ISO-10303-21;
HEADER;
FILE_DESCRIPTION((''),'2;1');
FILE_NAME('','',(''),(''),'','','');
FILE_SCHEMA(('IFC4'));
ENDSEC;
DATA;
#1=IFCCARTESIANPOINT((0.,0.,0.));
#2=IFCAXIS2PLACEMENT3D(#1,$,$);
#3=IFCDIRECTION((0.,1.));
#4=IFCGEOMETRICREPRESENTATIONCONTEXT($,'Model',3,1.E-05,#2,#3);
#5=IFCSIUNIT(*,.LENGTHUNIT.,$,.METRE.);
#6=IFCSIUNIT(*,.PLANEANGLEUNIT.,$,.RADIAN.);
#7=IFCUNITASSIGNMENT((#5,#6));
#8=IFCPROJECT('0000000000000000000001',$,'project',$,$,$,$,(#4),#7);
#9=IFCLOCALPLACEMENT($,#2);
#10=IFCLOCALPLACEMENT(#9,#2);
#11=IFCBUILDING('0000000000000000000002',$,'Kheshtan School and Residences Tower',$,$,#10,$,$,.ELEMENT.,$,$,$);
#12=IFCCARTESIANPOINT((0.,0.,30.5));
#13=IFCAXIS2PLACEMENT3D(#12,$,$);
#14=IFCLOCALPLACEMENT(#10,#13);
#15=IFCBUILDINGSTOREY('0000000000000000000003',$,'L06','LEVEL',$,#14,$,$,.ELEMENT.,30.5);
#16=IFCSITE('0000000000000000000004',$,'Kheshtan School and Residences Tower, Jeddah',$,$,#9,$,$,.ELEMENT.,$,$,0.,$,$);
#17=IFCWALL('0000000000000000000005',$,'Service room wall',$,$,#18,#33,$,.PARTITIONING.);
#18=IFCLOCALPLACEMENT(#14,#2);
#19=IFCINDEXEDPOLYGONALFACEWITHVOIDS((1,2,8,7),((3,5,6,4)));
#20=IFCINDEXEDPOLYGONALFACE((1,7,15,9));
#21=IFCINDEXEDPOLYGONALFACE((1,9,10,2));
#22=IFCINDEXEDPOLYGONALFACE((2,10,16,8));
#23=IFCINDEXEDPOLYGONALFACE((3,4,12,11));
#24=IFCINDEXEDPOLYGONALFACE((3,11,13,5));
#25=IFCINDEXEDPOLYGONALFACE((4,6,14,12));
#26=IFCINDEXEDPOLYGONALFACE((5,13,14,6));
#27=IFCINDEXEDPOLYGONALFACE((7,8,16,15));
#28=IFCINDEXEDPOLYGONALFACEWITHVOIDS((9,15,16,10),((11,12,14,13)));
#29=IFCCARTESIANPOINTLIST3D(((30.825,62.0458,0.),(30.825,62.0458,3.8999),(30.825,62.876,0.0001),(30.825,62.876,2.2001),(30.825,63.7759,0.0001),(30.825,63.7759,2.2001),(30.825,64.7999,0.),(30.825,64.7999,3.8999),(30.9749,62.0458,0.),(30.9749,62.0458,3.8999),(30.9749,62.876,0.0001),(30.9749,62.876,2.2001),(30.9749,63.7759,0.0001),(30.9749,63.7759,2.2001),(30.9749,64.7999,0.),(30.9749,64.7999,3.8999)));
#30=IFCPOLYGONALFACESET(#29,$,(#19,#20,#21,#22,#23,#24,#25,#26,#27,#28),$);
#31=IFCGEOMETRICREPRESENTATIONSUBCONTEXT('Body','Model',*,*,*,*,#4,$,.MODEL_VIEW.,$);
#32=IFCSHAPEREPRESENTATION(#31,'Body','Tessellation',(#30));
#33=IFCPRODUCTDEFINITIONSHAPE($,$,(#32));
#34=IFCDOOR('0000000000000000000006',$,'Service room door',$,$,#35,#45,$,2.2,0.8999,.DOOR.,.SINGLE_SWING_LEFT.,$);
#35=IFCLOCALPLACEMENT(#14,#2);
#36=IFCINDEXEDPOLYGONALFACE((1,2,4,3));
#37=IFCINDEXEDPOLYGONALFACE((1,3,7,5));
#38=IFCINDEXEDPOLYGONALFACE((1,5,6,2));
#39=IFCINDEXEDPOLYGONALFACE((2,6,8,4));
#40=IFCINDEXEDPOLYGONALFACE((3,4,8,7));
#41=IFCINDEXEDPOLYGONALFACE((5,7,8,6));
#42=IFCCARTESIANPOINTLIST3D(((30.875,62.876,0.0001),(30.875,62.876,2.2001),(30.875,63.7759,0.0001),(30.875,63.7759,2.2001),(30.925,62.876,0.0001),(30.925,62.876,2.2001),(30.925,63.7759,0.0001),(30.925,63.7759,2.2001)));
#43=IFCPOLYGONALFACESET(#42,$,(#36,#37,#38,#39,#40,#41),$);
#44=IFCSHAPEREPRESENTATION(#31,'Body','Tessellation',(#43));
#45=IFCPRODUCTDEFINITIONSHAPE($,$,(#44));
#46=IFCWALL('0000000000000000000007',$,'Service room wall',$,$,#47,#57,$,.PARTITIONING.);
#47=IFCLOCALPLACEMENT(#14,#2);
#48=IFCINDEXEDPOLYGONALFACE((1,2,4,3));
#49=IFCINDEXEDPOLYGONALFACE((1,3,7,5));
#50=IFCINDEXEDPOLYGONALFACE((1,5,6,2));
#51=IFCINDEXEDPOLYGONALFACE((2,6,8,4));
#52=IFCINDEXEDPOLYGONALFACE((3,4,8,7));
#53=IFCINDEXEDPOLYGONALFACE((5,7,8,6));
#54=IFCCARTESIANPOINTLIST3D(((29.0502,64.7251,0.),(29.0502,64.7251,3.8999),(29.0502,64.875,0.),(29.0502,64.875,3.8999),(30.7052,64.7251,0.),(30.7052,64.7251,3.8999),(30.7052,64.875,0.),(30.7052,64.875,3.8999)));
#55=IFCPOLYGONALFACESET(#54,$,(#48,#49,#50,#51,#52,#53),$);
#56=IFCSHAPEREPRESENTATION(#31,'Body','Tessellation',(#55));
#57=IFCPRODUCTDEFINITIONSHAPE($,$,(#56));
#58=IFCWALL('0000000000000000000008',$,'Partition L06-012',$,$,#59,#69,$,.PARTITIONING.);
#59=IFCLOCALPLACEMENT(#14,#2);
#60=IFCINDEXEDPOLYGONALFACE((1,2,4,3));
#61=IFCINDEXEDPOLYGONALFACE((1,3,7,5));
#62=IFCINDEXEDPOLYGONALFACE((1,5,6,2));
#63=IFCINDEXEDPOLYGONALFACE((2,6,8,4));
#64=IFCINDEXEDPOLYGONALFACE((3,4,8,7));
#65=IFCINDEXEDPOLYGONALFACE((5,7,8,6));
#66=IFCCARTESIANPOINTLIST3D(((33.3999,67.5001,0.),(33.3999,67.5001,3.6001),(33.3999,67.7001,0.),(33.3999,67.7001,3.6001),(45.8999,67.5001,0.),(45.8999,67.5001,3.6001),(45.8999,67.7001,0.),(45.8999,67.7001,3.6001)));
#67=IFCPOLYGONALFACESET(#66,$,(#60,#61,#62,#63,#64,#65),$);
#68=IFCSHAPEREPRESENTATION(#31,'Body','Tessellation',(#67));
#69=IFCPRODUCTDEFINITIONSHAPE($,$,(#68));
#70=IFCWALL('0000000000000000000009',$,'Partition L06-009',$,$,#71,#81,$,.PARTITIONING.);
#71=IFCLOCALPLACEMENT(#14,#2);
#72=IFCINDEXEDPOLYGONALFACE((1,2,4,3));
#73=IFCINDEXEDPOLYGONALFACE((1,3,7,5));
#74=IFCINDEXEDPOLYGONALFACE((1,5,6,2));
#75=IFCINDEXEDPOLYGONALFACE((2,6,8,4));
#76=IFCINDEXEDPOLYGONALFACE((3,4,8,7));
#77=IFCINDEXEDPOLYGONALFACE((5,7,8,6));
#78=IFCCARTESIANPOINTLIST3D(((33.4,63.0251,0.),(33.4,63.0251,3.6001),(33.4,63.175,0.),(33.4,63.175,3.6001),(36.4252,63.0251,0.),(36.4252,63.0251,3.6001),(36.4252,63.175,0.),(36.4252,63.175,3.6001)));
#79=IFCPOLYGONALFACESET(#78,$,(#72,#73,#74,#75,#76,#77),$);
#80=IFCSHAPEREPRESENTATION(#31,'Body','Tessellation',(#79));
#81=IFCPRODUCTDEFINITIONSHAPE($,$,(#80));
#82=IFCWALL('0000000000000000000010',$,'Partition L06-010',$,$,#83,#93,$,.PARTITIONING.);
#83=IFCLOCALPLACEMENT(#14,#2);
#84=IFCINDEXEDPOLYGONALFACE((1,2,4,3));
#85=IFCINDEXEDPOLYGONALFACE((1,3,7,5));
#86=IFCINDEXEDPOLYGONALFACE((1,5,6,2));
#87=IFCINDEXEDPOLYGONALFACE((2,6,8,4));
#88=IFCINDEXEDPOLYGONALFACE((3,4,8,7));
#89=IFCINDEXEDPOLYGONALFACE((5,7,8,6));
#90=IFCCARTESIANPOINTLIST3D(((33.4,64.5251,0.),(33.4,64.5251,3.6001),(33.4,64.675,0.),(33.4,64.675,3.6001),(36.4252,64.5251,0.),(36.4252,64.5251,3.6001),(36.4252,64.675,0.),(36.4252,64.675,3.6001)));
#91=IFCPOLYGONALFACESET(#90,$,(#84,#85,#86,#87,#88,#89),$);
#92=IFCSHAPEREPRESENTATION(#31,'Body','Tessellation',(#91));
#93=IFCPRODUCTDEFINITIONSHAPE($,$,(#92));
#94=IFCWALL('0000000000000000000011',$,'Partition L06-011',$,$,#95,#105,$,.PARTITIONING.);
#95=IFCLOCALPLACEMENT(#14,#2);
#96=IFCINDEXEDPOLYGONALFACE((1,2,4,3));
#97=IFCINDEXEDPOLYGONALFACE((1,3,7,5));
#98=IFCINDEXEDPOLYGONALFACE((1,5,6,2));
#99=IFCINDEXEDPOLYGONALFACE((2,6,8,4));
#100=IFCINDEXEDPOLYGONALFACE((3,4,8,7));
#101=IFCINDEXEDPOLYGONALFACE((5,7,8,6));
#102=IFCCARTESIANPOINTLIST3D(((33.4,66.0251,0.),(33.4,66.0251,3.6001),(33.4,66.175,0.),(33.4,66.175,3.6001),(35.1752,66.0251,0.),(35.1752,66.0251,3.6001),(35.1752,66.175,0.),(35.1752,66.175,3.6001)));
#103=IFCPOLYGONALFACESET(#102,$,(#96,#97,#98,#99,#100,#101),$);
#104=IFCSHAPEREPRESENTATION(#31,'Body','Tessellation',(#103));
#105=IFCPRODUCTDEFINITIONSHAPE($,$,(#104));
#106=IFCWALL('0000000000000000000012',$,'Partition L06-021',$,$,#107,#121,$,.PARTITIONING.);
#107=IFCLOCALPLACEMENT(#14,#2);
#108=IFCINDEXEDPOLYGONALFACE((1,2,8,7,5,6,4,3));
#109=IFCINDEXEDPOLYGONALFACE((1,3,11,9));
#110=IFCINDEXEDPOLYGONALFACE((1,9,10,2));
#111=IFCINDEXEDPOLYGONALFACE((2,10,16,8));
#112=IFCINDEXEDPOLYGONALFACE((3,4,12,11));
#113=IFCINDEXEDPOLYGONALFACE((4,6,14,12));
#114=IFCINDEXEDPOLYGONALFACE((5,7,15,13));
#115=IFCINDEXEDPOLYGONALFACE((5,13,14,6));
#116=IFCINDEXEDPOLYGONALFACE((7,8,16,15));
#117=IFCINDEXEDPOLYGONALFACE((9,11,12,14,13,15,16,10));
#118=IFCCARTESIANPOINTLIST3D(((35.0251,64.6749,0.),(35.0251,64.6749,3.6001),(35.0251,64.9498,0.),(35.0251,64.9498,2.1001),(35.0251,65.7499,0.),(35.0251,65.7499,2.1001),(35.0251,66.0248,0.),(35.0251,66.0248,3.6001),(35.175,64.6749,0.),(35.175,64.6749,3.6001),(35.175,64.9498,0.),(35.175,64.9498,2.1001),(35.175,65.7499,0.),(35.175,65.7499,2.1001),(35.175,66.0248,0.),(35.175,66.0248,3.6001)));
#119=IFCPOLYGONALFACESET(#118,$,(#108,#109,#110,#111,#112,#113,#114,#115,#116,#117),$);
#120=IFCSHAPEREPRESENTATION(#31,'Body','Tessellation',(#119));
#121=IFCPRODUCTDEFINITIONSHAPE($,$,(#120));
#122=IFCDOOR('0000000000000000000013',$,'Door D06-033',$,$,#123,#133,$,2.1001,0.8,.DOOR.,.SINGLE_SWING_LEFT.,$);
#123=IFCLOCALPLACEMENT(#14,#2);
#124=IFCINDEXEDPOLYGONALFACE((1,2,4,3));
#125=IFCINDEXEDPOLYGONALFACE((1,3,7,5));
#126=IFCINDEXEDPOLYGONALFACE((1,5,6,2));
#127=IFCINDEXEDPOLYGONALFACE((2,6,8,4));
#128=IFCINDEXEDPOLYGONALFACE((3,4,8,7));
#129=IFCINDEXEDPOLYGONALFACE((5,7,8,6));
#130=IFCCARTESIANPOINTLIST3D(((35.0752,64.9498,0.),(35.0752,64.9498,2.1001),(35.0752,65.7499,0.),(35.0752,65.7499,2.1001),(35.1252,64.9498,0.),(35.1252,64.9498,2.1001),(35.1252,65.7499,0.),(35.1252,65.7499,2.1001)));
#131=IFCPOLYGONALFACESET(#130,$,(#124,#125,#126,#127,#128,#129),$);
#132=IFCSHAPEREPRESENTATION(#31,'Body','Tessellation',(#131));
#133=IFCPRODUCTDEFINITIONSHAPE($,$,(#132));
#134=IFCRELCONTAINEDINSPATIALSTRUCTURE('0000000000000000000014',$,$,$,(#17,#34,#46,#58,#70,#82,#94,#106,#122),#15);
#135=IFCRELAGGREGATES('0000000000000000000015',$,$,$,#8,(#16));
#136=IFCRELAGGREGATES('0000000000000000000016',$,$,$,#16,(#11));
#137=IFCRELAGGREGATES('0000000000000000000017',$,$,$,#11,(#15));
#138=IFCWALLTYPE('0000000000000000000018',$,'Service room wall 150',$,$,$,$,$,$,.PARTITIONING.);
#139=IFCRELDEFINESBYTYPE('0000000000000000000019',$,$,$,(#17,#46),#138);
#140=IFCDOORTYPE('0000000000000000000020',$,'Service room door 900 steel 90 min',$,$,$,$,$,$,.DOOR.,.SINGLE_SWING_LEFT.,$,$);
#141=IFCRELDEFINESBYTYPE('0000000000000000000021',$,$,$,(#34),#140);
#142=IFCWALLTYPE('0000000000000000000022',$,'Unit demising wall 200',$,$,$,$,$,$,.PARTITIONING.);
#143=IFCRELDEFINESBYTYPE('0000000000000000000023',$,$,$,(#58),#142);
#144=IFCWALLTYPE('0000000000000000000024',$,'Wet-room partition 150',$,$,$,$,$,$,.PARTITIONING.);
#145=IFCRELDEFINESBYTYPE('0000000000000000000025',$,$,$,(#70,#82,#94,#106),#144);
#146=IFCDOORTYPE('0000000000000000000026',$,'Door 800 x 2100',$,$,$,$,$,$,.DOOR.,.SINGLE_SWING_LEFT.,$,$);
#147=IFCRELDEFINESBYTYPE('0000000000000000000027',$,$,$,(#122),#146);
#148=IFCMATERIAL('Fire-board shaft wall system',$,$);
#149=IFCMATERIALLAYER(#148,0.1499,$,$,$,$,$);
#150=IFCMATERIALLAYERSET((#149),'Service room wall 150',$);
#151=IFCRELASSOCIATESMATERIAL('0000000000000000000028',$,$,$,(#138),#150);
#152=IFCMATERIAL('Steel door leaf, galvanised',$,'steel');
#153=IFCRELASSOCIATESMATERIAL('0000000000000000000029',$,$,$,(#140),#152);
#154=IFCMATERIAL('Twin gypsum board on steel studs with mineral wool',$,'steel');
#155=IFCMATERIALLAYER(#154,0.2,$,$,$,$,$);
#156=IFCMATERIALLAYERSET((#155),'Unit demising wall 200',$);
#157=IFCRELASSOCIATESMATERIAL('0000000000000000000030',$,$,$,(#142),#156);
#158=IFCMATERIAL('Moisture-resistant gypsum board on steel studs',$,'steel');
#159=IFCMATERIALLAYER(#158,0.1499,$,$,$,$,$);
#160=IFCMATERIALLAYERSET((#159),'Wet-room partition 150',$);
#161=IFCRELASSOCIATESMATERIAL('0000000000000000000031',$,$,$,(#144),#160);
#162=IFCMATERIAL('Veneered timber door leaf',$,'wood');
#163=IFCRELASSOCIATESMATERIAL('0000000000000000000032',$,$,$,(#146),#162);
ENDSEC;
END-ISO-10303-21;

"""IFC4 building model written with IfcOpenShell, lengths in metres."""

from ifc_helpers import new_model, si_unit, direction, frame, frame_2d, origin, place, context, subcontext, project, spatial, rectangle, extrude, source, transform, mapped, material, layer, layer_set, type_object, element, fill, save


model = new_model("IFC4")

# Units and contexts
model_context = context("Model", 3, precision=1e-05, world=origin(), true_north=direction((0.0, 1.0)))
body_context = subcontext(model_context, "Body", "Model", "MODEL_VIEW")
ifc_project = project(units=[si_unit("LENGTHUNIT", "METRE"), si_unit("PLANEANGLEUNIT", "RADIAN")], contexts=[model_context])

# Site, building, storey
site_placement = place(None, origin())
site = spatial("IfcSite", under=ifc_project, at=site_placement, Name="Kheshtan School and Residences Tower, Jeddah", CompositionType="ELEMENT", RefElevation=0.0)
building_placement = place(site_placement, origin())
building = spatial("IfcBuilding", under=site, at=building_placement, Name="Kheshtan School and Residences Tower", CompositionType="ELEMENT")
storey_placement = place(building_placement, frame((0.0, 0.0, 30.5)))
storey = spatial("IfcBuildingStorey", under=building, at=storey_placement, Name="L06", Description="LEVEL", CompositionType="ELEMENT", Elevation=30.5)

# Wall, opening, door
ifc_material_1 = material(Name="Fire-board shaft wall system")
ifc_layer_1 = layer(ifc_material_1, 0.1499)
ifc_layer_set_1 = layer_set([ifc_layer_1], Name="Service room wall 150")
wall_type_1 = type_object("IfcWallType", Name="Service room wall 150", PredefinedType="PARTITIONING", material=ifc_layer_set_1)
wall_1_placement = place(storey_placement, frame((30.8999, 62.0459, 0.0), z_axis=(0.0, 0.0, 1.0), x_axis=(0.0, 1.0, 0.0)))
wall_1 = element("IfcWall", 1, at=wall_1_placement, inside=storey, type_object=wall_type_1, Name="Service room wall", PredefinedType="PARTITIONING", context=body_context, shape_type="SweptSolid", body=[
    extrude(rectangle(XDim=2.7542, YDim=0.1499, at=frame_2d((1.377, 0.0))), origin(), (0.0, 0.0, 1.0), 3.8999),
])
opening_1_placement = place(wall_1_placement, frame((0.8301, 0.0, 0.0)))
opening_1 = element("IfcOpeningElement", 2, at=opening_1_placement, cuts=wall_1, PredefinedType="OPENING", context=body_context, shape_type="SweptSolid", body=[
    extrude(rectangle(XDim=0.8999, YDim=2.2, at=frame_2d((0.45, 1.1001))), frame((0.0, 0.085, 0.0), z_axis=(0.0, -1.0, 0.0), x_axis=(1.0, 0.0, 0.0)), (0.0, 0.0, 1.0), 0.1699),
])
ifc_material_2 = material(Name="Steel door leaf, galvanised", Category="steel")
door_type_1 = type_object("IfcDoorType", Name="Service room door 900 steel 90 min", OperationType="SINGLE_SWING_LEFT", PredefinedType="DOOR", material=ifc_material_2)
shared_shape_1 = source(origin(), body_context, "Body", "SweptSolid", [
    extrude(rectangle(XDim=0.8999, YDim=2.2, at=frame_2d((0.45, 1.1001))), frame((0.0, 0.0249, 0.0), z_axis=(0.0, -1.0, 0.0), x_axis=(1.0, 0.0, 0.0)), (0.0, 0.0, 1.0), 0.05),
])
door_1_placement = place(opening_1_placement, origin())
door_1 = element("IfcDoor", 3, at=door_1_placement, inside=storey, type_object=door_type_1, Name="Service room door", OperationType="SINGLE_SWING_LEFT", OverallHeight=2.2, OverallWidth=0.8999, PredefinedType="DOOR", context=body_context, shape_type="MappedRepresentation", body=[
    mapped(shared_shape_1, transform((0.0, 0.0, 0.0), x_axis=(1.0, 0.0, 0.0), y_axis=(0.0, 1.0, 0.0), z_axis=(0.0, 0.0, 1.0), scale=1.0)),
])
fill(opening_1, door_1)

# Walls
wall_2_placement = place(storey_placement, frame((29.05, 64.8, 0.0), z_axis=(0.0, 0.0, 1.0), x_axis=(1.0, 0.0, 0.0)))
element("IfcWall", 4, at=wall_2_placement, inside=storey, type_object=wall_type_1, Name="Service room wall", PredefinedType="PARTITIONING", context=body_context, shape_type="SweptSolid", body=[
    extrude(rectangle(XDim=1.655, YDim=0.1499, at=frame_2d((0.8276, 0.0))), origin(), (0.0, 0.0, 1.0), 3.8999),
])
ifc_material_3 = material(Name="Twin gypsum board on steel studs with mineral wool", Category="steel")
ifc_layer_2 = layer(ifc_material_3, 0.2)
ifc_layer_set_2 = layer_set([ifc_layer_2], Name="Unit demising wall 200")
wall_type_2 = type_object("IfcWallType", Name="Unit demising wall 200", PredefinedType="PARTITIONING", material=ifc_layer_set_2)
wall_3_placement = place(storey_placement, frame((33.3999, 67.6001, 0.0), z_axis=(0.0, 0.0, 1.0), x_axis=(1.0, 0.0, 0.0)))
element("IfcWall", 5, at=wall_3_placement, inside=storey, type_object=wall_type_2, Name="Partition L06-012", PredefinedType="PARTITIONING", context=body_context, shape_type="SweptSolid", body=[
    extrude(rectangle(XDim=12.5, YDim=0.2, at=frame_2d((6.25, 0.0))), origin(), (0.0, 0.0, 1.0), 3.6001),
])
ifc_material_4 = material(Name="Moisture-resistant gypsum board on steel studs", Category="steel")
ifc_layer_3 = layer(ifc_material_4, 0.1499)
ifc_layer_set_3 = layer_set([ifc_layer_3], Name="Wet-room partition 150")
wall_type_3 = type_object("IfcWallType", Name="Wet-room partition 150", PredefinedType="PARTITIONING", material=ifc_layer_set_3)
for number, where, z_axis, x_axis, name in (
    (6, (33.3999, 63.1001, 0.0), (0.0, 0.0, 1.0), (1.0, 0.0, 0.0), "Partition L06-009"),
    (7, (33.3999, 64.6001, 0.0), (0.0, 0.0, 1.0), (1.0, 0.0, 0.0), "Partition L06-010"),
):
    element("IfcWall", number, at=place(storey_placement, frame(where, z_axis=z_axis, x_axis=x_axis)), inside=storey, type_object=wall_type_3, Name=name, PredefinedType="PARTITIONING", context=body_context, shape_type="SweptSolid", body=[
        extrude(rectangle(XDim=3.0251, YDim=0.1499, at=frame_2d((1.5127, 0.0))), origin(), (0.0, 0.0, 1.0), 3.6001),
    ])
wall_4_placement = place(storey_placement, frame((33.3999, 66.1001, 0.0), z_axis=(0.0, 0.0, 1.0), x_axis=(1.0, 0.0, 0.0)))
element("IfcWall", 8, at=wall_4_placement, inside=storey, type_object=wall_type_3, Name="Partition L06-011", PredefinedType="PARTITIONING", context=body_context, shape_type="SweptSolid", body=[
    extrude(rectangle(XDim=1.7751, YDim=0.1499, at=frame_2d((0.8877, 0.0))), origin(), (0.0, 0.0, 1.0), 3.6001),
])

# Wall, opening, door
wall_5_placement = place(storey_placement, frame((35.1001, 64.675, 0.0), z_axis=(0.0, 0.0, 1.0), x_axis=(0.0, 1.0, 0.0)))
wall_5 = element("IfcWall", 9, at=wall_5_placement, inside=storey, type_object=wall_type_3, Name="Partition L06-021", PredefinedType="PARTITIONING", context=body_context, shape_type="SweptSolid", body=[
    extrude(rectangle(XDim=1.3499, YDim=0.1499, at=frame_2d((0.6748, 0.0))), origin(), (0.0, 0.0, 1.0), 3.6001),
])
opening_2_placement = place(wall_5_placement, frame((0.2749, 0.0, 0.0)))
opening_2 = element("IfcOpeningElement", 10, at=opening_2_placement, cuts=wall_5, PredefinedType="OPENING", context=body_context, shape_type="SweptSolid", body=[
    extrude(rectangle(XDim=0.8, YDim=2.1001, at=frame_2d((0.3999, 1.05))), frame((0.0, 0.085, 0.0), z_axis=(0.0, -1.0, 0.0), x_axis=(1.0, 0.0, 0.0)), (0.0, 0.0, 1.0), 0.1699),
])
ifc_material_5 = material(Name="Veneered timber door leaf", Category="wood")
door_type_2 = type_object("IfcDoorType", Name="Door 800 x 2100", OperationType="SINGLE_SWING_LEFT", PredefinedType="DOOR", material=ifc_material_5)
shared_shape_2 = source(origin(), body_context, "Body", "SweptSolid", [
    extrude(rectangle(XDim=0.8, YDim=2.1001, at=frame_2d((0.3999, 1.05))), frame((0.0, 0.0249, 0.0), z_axis=(0.0, -1.0, 0.0), x_axis=(1.0, 0.0, 0.0)), (0.0, 0.0, 1.0), 0.05),
])
door_2_placement = place(opening_2_placement, origin())
door_2 = element("IfcDoor", 11, at=door_2_placement, inside=storey, type_object=door_type_2, Name="Door D06-033", OperationType="SINGLE_SWING_LEFT", OverallHeight=2.1001, OverallWidth=0.8, PredefinedType="DOOR", context=body_context, shape_type="MappedRepresentation", body=[
    mapped(shared_shape_2, transform((0.0, 0.0, 0.0), x_axis=(1.0, 0.0, 0.0), y_axis=(0.0, 1.0, 0.0), z_axis=(0.0, 0.0, 1.0), scale=1.0)),
])
fill(opening_2, door_2)

save(model, "model.ifc")
